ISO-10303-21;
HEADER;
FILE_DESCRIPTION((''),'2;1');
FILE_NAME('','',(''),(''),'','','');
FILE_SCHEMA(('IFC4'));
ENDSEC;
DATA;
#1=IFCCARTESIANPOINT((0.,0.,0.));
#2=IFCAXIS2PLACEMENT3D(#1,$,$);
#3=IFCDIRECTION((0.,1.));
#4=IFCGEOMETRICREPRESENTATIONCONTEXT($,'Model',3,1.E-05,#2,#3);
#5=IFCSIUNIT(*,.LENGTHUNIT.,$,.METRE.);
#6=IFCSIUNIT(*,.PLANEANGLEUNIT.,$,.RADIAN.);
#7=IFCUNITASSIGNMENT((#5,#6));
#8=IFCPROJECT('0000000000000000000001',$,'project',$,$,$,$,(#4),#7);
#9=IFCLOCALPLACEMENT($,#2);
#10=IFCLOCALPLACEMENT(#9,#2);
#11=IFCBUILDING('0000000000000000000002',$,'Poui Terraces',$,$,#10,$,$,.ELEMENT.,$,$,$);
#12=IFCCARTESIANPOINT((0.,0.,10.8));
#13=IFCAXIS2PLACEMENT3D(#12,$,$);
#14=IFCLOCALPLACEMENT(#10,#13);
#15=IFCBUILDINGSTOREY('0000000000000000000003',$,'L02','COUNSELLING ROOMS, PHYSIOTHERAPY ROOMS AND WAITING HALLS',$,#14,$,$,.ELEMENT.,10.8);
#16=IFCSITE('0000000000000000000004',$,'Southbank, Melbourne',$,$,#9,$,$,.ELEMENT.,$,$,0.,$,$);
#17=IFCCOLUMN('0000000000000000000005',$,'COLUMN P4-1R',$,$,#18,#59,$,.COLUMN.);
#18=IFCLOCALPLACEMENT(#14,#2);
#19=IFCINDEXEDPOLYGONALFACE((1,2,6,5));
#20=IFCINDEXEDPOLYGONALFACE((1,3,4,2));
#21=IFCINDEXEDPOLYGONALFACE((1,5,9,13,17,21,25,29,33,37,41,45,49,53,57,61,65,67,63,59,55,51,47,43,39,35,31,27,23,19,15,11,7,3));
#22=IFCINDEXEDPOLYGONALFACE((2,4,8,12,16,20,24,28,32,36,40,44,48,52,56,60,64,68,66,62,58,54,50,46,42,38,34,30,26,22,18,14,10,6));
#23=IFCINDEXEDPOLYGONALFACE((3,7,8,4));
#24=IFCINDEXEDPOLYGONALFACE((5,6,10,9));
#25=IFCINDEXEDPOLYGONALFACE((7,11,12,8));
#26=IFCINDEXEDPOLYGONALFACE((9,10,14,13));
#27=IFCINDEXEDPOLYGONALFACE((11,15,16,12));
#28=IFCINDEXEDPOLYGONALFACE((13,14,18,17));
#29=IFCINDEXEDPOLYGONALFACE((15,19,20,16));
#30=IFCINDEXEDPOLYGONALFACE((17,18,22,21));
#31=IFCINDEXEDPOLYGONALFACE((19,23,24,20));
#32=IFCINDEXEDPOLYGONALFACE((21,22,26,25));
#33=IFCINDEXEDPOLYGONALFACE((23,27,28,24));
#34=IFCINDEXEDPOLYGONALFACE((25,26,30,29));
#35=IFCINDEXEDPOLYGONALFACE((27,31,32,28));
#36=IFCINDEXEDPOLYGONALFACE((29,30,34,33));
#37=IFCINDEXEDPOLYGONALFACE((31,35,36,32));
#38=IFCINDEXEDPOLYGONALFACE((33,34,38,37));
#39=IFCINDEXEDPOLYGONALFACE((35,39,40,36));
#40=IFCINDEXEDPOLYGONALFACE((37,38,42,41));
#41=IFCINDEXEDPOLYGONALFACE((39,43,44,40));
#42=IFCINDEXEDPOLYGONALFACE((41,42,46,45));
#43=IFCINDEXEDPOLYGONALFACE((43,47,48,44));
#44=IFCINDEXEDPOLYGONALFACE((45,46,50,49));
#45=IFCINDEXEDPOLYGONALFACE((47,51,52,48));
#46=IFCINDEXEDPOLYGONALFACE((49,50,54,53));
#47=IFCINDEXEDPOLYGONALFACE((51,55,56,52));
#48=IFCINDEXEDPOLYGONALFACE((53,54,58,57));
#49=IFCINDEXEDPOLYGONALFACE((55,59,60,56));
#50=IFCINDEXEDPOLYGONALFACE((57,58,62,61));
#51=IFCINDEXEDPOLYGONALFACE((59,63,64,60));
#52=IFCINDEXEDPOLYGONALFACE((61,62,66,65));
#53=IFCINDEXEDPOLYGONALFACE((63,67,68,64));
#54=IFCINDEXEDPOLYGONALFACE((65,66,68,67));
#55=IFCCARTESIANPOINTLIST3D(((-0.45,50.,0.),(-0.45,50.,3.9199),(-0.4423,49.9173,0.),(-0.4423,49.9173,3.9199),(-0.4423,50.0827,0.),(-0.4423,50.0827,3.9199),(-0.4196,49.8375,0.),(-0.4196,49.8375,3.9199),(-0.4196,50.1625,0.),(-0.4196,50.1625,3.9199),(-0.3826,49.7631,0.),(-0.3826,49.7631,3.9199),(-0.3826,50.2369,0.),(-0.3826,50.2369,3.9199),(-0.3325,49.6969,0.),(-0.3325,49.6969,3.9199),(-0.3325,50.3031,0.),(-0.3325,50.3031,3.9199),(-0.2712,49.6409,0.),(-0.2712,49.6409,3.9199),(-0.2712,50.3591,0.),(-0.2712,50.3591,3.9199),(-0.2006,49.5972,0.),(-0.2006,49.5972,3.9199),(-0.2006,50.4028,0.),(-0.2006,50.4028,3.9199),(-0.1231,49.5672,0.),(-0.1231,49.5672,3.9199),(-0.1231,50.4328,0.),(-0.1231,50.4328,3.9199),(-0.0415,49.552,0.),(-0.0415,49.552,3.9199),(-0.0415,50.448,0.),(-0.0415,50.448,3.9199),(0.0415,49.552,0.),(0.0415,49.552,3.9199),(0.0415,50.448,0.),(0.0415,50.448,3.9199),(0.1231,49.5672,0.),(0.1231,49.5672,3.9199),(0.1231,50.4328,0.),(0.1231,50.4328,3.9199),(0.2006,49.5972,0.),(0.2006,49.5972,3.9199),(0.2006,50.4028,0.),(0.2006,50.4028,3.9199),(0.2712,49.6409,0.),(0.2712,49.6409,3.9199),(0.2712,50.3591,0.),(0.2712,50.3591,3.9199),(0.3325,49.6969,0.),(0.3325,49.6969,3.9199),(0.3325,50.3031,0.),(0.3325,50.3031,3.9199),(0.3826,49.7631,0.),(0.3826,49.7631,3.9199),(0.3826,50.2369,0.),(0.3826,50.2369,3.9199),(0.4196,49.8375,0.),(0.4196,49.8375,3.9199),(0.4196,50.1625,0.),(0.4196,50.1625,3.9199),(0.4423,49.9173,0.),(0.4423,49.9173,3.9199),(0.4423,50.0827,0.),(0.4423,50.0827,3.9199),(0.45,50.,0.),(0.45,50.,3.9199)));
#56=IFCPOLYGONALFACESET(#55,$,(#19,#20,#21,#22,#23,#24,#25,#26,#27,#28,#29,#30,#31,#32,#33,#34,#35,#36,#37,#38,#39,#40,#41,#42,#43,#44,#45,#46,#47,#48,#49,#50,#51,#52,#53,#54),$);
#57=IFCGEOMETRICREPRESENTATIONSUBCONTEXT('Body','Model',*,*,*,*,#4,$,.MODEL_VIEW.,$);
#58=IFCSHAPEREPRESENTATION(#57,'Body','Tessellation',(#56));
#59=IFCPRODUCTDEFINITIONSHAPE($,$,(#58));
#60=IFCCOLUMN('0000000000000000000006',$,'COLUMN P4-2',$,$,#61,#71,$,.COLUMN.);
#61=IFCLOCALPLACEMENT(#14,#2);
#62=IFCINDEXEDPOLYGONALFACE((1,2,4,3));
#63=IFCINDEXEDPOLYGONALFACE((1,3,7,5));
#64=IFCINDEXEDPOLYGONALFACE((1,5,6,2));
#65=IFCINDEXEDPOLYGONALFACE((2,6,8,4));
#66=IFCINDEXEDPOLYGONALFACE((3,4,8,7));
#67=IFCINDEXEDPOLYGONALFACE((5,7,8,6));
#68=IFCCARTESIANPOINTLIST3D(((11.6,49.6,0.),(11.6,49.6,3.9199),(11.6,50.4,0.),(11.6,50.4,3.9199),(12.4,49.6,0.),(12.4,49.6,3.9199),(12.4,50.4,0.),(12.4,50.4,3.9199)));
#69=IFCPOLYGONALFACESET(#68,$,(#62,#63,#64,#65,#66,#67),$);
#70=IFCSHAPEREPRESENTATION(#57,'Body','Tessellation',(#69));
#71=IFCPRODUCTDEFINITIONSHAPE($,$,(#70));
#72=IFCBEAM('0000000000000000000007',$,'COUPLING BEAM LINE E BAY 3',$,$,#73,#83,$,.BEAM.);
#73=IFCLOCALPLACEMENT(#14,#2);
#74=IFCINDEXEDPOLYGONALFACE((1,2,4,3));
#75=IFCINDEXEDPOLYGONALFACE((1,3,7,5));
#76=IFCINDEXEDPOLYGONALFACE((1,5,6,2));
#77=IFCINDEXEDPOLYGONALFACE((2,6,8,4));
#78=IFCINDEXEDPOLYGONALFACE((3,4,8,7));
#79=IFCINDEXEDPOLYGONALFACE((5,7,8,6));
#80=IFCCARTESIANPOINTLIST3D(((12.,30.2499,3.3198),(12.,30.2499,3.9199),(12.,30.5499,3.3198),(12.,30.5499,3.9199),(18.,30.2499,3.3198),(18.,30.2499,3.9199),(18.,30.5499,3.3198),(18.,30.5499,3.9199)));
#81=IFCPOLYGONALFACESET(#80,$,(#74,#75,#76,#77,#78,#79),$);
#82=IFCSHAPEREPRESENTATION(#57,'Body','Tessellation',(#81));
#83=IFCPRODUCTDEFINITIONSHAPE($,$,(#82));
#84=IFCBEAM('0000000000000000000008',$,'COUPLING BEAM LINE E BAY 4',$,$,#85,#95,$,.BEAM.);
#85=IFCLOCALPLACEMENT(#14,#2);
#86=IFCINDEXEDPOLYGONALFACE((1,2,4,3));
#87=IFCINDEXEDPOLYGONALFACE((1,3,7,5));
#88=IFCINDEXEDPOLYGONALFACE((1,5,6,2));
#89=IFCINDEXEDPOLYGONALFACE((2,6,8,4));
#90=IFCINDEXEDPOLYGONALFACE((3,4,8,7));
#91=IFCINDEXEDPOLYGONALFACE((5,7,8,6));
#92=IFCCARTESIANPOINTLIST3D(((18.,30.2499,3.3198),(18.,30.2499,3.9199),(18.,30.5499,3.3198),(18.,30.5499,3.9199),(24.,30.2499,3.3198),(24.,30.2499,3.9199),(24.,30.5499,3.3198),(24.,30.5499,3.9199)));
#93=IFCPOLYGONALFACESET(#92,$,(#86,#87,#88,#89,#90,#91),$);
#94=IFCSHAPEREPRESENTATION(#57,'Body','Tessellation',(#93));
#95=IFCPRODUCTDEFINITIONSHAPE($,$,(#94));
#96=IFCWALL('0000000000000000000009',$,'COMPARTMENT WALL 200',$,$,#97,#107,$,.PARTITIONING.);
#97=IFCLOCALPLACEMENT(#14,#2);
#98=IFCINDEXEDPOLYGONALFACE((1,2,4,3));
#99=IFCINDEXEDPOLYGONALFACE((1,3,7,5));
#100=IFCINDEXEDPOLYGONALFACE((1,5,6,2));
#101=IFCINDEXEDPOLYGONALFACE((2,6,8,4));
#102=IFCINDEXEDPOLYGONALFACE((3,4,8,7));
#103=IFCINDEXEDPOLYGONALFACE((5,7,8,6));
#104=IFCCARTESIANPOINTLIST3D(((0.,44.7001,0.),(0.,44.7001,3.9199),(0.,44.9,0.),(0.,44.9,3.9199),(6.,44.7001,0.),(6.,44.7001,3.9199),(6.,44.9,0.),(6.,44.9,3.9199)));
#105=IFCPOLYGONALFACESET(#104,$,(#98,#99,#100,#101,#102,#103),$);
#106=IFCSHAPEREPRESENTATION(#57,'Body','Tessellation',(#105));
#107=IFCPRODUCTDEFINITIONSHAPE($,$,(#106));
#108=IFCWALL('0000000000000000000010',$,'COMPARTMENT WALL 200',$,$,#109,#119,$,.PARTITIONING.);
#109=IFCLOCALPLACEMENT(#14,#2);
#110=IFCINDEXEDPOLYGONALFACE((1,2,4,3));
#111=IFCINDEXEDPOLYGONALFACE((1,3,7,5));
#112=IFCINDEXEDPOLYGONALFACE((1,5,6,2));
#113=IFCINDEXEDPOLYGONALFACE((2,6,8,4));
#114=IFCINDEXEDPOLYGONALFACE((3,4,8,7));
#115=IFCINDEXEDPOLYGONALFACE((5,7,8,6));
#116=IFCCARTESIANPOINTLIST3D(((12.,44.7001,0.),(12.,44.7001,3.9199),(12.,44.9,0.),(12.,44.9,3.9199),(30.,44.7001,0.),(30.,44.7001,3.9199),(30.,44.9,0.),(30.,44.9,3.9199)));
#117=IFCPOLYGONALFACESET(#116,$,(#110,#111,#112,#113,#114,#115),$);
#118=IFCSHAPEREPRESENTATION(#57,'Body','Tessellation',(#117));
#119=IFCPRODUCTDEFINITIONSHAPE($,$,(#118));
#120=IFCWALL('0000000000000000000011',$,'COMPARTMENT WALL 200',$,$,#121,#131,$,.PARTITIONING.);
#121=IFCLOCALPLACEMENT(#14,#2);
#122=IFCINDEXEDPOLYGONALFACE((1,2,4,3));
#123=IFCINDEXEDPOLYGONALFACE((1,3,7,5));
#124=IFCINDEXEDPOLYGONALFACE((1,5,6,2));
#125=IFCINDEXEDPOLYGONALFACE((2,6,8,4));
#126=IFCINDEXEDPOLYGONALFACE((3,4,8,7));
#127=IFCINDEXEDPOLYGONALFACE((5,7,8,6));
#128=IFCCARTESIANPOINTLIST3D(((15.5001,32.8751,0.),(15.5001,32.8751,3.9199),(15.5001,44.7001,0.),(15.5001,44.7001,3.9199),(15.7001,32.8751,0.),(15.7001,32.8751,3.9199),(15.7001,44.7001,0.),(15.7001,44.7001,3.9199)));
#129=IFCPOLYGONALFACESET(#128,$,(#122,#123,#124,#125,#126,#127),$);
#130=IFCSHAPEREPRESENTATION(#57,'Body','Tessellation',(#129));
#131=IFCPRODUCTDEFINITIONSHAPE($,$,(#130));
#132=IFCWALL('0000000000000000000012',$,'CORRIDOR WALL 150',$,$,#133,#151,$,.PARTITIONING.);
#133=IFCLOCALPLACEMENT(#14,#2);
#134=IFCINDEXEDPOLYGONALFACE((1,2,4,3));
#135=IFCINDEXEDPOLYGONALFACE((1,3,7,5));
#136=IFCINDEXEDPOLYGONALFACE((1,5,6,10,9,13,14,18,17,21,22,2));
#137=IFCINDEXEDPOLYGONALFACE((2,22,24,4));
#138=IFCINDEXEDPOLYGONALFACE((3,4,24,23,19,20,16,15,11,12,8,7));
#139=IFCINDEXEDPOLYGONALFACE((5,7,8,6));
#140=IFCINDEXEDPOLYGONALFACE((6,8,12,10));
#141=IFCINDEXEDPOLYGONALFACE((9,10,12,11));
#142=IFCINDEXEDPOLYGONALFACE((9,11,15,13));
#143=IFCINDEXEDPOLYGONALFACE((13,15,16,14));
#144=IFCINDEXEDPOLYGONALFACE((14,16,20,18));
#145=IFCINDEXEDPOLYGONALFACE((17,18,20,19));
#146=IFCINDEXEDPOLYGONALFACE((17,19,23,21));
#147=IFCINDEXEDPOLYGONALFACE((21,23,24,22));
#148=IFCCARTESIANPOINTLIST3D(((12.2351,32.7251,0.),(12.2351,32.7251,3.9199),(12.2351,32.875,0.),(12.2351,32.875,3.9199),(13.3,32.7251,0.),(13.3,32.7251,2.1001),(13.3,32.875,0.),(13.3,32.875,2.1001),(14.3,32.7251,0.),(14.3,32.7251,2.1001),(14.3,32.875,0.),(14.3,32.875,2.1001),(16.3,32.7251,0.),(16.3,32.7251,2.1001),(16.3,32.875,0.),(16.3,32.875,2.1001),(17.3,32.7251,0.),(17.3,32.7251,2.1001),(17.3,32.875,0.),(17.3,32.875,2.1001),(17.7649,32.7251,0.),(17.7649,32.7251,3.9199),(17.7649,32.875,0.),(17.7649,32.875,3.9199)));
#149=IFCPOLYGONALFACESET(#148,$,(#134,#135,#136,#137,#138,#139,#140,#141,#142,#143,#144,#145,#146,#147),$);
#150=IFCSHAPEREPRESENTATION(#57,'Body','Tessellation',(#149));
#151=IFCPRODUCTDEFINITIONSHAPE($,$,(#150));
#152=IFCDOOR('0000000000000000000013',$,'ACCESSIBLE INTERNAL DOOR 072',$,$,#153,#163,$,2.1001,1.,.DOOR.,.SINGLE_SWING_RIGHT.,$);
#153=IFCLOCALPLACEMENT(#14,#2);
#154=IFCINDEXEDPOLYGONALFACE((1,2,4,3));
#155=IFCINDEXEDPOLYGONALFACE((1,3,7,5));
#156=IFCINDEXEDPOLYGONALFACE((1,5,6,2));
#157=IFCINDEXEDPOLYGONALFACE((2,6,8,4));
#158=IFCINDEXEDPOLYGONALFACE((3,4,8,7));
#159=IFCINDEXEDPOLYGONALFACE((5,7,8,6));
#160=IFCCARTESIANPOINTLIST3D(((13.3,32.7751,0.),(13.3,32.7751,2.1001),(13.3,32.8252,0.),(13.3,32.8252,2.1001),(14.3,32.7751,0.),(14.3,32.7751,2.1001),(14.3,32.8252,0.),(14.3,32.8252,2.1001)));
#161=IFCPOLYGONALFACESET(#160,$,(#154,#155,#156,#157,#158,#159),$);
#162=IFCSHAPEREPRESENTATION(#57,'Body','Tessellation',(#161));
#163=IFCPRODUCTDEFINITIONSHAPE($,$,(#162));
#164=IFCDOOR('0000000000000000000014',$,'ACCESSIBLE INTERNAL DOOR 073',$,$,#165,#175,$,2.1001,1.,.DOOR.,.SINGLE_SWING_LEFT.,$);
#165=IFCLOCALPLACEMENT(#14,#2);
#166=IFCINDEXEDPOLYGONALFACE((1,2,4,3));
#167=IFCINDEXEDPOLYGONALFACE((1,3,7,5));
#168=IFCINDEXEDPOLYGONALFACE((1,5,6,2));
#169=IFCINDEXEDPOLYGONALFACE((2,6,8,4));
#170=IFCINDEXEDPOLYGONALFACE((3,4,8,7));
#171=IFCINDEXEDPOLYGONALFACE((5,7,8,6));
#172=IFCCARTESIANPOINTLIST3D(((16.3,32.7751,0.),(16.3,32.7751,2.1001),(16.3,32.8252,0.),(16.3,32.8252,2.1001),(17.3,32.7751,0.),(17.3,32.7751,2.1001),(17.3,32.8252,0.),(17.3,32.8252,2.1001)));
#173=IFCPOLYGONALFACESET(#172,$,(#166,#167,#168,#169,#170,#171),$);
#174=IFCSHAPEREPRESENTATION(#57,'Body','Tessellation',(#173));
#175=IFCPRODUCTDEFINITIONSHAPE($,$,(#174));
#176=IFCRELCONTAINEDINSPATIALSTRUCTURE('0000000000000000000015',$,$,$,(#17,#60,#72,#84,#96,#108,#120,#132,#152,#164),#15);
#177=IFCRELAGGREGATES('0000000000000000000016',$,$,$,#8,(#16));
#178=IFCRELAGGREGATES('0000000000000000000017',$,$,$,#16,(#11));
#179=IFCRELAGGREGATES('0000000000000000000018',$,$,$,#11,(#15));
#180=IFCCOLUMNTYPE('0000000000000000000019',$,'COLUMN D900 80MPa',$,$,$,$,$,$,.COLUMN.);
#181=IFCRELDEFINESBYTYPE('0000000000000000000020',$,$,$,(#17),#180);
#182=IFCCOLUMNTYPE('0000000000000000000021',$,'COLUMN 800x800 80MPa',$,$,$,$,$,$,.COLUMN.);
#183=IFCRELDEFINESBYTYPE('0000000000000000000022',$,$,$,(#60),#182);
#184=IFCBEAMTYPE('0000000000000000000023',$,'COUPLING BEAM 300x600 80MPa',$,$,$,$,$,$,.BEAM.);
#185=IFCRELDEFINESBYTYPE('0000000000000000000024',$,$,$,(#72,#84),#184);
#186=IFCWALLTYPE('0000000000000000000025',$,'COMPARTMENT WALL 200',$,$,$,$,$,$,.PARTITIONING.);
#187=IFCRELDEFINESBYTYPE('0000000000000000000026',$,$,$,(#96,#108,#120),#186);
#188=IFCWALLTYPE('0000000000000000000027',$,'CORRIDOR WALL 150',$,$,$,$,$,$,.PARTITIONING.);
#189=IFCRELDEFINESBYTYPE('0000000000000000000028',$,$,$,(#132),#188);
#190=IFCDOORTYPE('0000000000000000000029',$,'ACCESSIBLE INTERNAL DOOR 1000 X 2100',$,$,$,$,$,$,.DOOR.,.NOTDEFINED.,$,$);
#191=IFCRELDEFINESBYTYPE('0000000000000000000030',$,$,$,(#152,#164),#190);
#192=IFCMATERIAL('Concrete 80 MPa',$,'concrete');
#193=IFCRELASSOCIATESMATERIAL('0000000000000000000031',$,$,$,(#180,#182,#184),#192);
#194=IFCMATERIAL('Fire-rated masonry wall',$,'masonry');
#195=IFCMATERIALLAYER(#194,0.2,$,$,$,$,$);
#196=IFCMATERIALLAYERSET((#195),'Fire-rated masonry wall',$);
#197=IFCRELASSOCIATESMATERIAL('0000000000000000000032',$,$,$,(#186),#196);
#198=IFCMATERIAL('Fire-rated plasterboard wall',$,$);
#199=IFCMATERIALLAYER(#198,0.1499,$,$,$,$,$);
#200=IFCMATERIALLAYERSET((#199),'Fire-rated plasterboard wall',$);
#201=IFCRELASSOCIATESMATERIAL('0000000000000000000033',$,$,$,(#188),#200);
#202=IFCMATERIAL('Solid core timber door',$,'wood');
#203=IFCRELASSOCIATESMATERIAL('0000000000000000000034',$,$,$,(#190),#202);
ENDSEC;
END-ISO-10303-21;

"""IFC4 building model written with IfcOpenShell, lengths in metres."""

from ifc_helpers import new_model, si_unit, direction, frame, frame_2d, origin, origin_2d, place, context, subcontext, project, spatial, rectangle, circle, extrude, source, transform, mapped, material, layer, layer_set, material_profile, profile_set, type_object, element, fill, save


model = new_model("IFC4")

# Units and contexts
model_context = context("Model", 3, precision=1e-05, world=origin(), true_north=direction((0.0, 1.0)))
body_context = subcontext(model_context, "Body", "Model", "MODEL_VIEW")
ifc_project = project(units=[si_unit("LENGTHUNIT", "METRE"), si_unit("PLANEANGLEUNIT", "RADIAN")], contexts=[model_context])

# Site, building, storey
site_placement = place(None, origin())
site = spatial("IfcSite", under=ifc_project, at=site_placement, Name="Southbank, Melbourne", CompositionType="ELEMENT", RefElevation=0.0)
building_placement = place(site_placement, origin())
building = spatial("IfcBuilding", under=site, at=building_placement, Name="Poui Terraces", CompositionType="ELEMENT")
storey_placement = place(building_placement, frame((0.0, 0.0, 10.8)))
storey = spatial("IfcBuildingStorey", under=building, at=storey_placement, Name="L02", Description="COUNSELLING ROOMS, PHYSIOTHERAPY ROOMS AND WAITING HALLS", CompositionType="ELEMENT", Elevation=10.8)

# Columns
ifc_material_1 = material(Name="Concrete 80 MPa", Category="concrete")
ifc_material_profile_1 = material_profile(ifc_material_1, circle(Radius=0.45, at=origin_2d()), Name="RC D900")
ifc_profile_set_1 = profile_set([ifc_material_profile_1], Name="Concrete 80 MPa")
column_type_1 = type_object("IfcColumnType", Name="COLUMN D900 80MPa", PredefinedType="COLUMN", material=ifc_profile_set_1)
shared_shape_1 = source(origin(), body_context, "Body", "SweptSolid", [
    extrude(circle(Radius=0.45, at=origin_2d()), origin(), (0.0, 0.0, 1.0), 3.9199),
])
column_1_placement = place(storey_placement, frame((0.0, 50.0, 0.0), z_axis=(0.0, 0.0, 1.0), x_axis=(1.0, 0.0, 0.0)))
element("IfcColumn", 1, at=column_1_placement, inside=storey, type_object=column_type_1, Name="COLUMN P4-1R", PredefinedType="COLUMN", context=body_context, shape_type="MappedRepresentation", body=[
    mapped(shared_shape_1, transform((0.0, 0.0, 0.0))),
])
ifc_material_profile_2 = material_profile(ifc_material_1, rectangle(XDim=0.8, YDim=0.8, at=origin_2d()), Name="RC 800x800")
ifc_profile_set_2 = profile_set([ifc_material_profile_2], Name="Concrete 80 MPa")
column_type_2 = type_object("IfcColumnType", Name="COLUMN 800x800 80MPa", PredefinedType="COLUMN", material=ifc_profile_set_2)
shared_shape_2 = source(origin(), body_context, "Body", "SweptSolid", [
    extrude(rectangle(XDim=0.8, YDim=0.8, at=origin_2d()), origin(), (0.0, 0.0, 1.0), 3.9199),
])
column_2_placement = place(storey_placement, frame((12.0, 50.0, 0.0), z_axis=(0.0, 0.0, 1.0), x_axis=(1.0, 0.0, 0.0)))
element("IfcColumn", 2, at=column_2_placement, inside=storey, type_object=column_type_2, Name="COLUMN P4-2", PredefinedType="COLUMN", context=body_context, shape_type="MappedRepresentation", body=[
    mapped(shared_shape_2, transform((0.0, 0.0, 0.0))),
])

# Beams
ifc_material_profile_3 = material_profile(ifc_material_1, rectangle(XDim=0.3, YDim=0.6001, at=origin_2d()), Name="RC 300x600")
ifc_profile_set_3 = profile_set([ifc_material_profile_3], Name="Concrete 80 MPa")
beam_type = type_object("IfcBeamType", Name="COUPLING BEAM 300x600 80MPa", PredefinedType="BEAM", material=ifc_profile_set_3)
shared_shape_3 = source(origin(), body_context, "Body", "SweptSolid", [
    extrude(rectangle(XDim=0.3, YDim=0.6001, at=origin_2d()), origin(), (0.0, 0.0, 1.0), 6.0),
])
for number, where, z_axis, x_axis, name in (
    (3, (12.0, 30.3999, 3.6199), (1.0, 0.0, 0.0), (0.0, 1.0, 0.0), "COUPLING BEAM LINE E BAY 3"),
    (4, (18.0, 30.3999, 3.6199), (1.0, 0.0, 0.0), (0.0, 1.0, 0.0), "COUPLING BEAM LINE E BAY 4"),
):
    element("IfcBeam", number, at=place(storey_placement, frame(where, z_axis=z_axis, x_axis=x_axis)), inside=storey, type_object=beam_type, Name=name, PredefinedType="BEAM", context=body_context, shape_type="MappedRepresentation", body=[
        mapped(shared_shape_3, transform((0.0, 0.0, 0.0))),
    ])

# Walls
ifc_material_2 = material(Name="Fire-rated masonry wall", Category="masonry")
ifc_layer_1 = layer(ifc_material_2, 0.2)
ifc_layer_set_1 = layer_set([ifc_layer_1], Name="Fire-rated masonry wall")
wall_type_1 = type_object("IfcWallType", Name="COMPARTMENT WALL 200", PredefinedType="PARTITIONING", material=ifc_layer_set_1)
wall_1_placement = place(storey_placement, frame((0.0, 44.8, 0.0), z_axis=(0.0, 0.0, 1.0), x_axis=(1.0, 0.0, 0.0)))
element("IfcWall", 5, at=wall_1_placement, inside=storey, type_object=wall_type_1, Name="COMPARTMENT WALL 200", PredefinedType="PARTITIONING", context=body_context, shape_type="SweptSolid", body=[
    extrude(rectangle(XDim=6.0, YDim=0.2, at=frame_2d((3.0, 0.0))), origin(), (0.0, 0.0, 1.0), 3.9199),
])
wall_2_placement = place(storey_placement, frame((12.0, 44.8, 0.0), z_axis=(0.0, 0.0, 1.0), x_axis=(1.0, 0.0, 0.0)))
element("IfcWall", 6, at=wall_2_placement, inside=storey, type_object=wall_type_1, Name="COMPARTMENT WALL 200", PredefinedType="PARTITIONING", context=body_context, shape_type="SweptSolid", body=[
    extrude(rectangle(XDim=18.0, YDim=0.2, at=frame_2d((9.0, 0.0))), origin(), (0.0, 0.0, 1.0), 3.9199),
])
wall_3_placement = place(storey_placement, frame((15.6001, 32.875, 0.0), z_axis=(0.0, 0.0, 1.0), x_axis=(0.0, 1.0, 0.0)))
element("IfcWall", 7, at=wall_3_placement, inside=storey, type_object=wall_type_1, Name="COMPARTMENT WALL 200", PredefinedType="PARTITIONING", context=body_context, shape_type="SweptSolid", body=[
    extrude(rectangle(XDim=11.825, YDim=0.2, at=frame_2d((5.9126, 0.0))), origin(), (0.0, 0.0, 1.0), 3.9199),
])

# Wall, openings, doors
ifc_material_3 = material(Name="Fire-rated plasterboard wall")
ifc_layer_2 = layer(ifc_material_3, 0.1499)
ifc_layer_set_2 = layer_set([ifc_layer_2], Name="Fire-rated plasterboard wall")
wall_type_2 = type_object("IfcWallType", Name="CORRIDOR WALL 150", PredefinedType="PARTITIONING", material=ifc_layer_set_2)
wall_4_placement = place(storey_placement, frame((12.2351, 32.8, 0.0), z_axis=(0.0, 0.0, 1.0), x_axis=(1.0, 0.0, 0.0)))
wall_4 = element("IfcWall", 8, at=wall_4_placement, inside=storey, type_object=wall_type_2, Name="CORRIDOR WALL 150", PredefinedType="PARTITIONING", context=body_context, shape_type="SweptSolid", body=[
    extrude(rectangle(XDim=5.5298, YDim=0.1499, at=frame_2d((2.7649, 0.0))), origin(), (0.0, 0.0, 1.0), 3.9199),
])
opening_1_placement = place(wall_4_placement, frame((1.0649, 0.0, 0.0)))
opening_1 = element("IfcOpeningElement", 9, at=opening_1_placement, cuts=wall_4, PredefinedType="OPENING", context=body_context, shape_type="SweptSolid", body=[
    extrude(rectangle(XDim=1.0, YDim=2.1001, at=frame_2d((0.5, 1.05))), frame((0.0, 0.085, 0.0), z_axis=(0.0, -1.0, 0.0), x_axis=(1.0, 0.0, 0.0)), (0.0, 0.0, 1.0), 0.1699),
])
opening_2_placement = place(wall_4_placement, frame((4.0649, 0.0, 0.0)))
opening_2 = element("IfcOpeningElement", 10, at=opening_2_placement, cuts=wall_4, PredefinedType="OPENING", context=body_context, shape_type="SweptSolid", body=[
    extrude(rectangle(XDim=1.0, YDim=2.1001, at=frame_2d((0.5, 1.05))), frame((0.0, 0.085, 0.0), z_axis=(0.0, -1.0, 0.0), x_axis=(1.0, 0.0, 0.0)), (0.0, 0.0, 1.0), 0.1699),
])
ifc_material_4 = material(Name="Solid core timber door", Category="wood")
door_type_1 = type_object("IfcDoorType", Name="ACCESSIBLE INTERNAL DOOR 1000 X 2100", OperationType="NOTDEFINED", PredefinedType="DOOR", material=ifc_material_4)
door_1_placement = place(opening_1_placement, frame((1.0, 0.0, 0.0), z_axis=(0.0, 0.0, 1.0), x_axis=(-1.0, 0.0, 0.0)))
door_1 = element("IfcDoor", 11, at=door_1_placement, inside=storey, type_object=door_type_1, Name="ACCESSIBLE INTERNAL DOOR 072", OperationType="SINGLE_SWING_RIGHT", OverallHeight=2.1001, OverallWidth=1.0, PredefinedType="DOOR", context=body_context, shape_type="SweptSolid", body=[
    extrude(rectangle(XDim=1.0, YDim=2.1001, at=frame_2d((0.5, 1.05))), frame((0.0, 0.0249, 0.0), z_axis=(0.0, -1.0, 0.0), x_axis=(1.0, 0.0, 0.0)), (0.0, 0.0, 1.0), 0.05),
])
fill(opening_1, door_1)
door_2_placement = place(opening_2_placement, frame((1.0, 0.0, 0.0), z_axis=(0.0, 0.0, 1.0), x_axis=(-1.0, 0.0, 0.0)))
door_2 = element("IfcDoor", 12, at=door_2_placement, inside=storey, type_object=door_type_1, Name="ACCESSIBLE INTERNAL DOOR 073", OperationType="SINGLE_SWING_LEFT", OverallHeight=2.1001, OverallWidth=1.0, PredefinedType="DOOR", context=body_context, shape_type="SweptSolid", body=[
    extrude(rectangle(XDim=1.0, YDim=2.1001, at=frame_2d((0.5, 1.05))), frame((0.0, 0.0249, 0.0), z_axis=(0.0, -1.0, 0.0), x_axis=(1.0, 0.0, 0.0)), (0.0, 0.0, 1.0), 0.05),
])
fill(opening_2, door_2)

save(model, "model.ifc")
